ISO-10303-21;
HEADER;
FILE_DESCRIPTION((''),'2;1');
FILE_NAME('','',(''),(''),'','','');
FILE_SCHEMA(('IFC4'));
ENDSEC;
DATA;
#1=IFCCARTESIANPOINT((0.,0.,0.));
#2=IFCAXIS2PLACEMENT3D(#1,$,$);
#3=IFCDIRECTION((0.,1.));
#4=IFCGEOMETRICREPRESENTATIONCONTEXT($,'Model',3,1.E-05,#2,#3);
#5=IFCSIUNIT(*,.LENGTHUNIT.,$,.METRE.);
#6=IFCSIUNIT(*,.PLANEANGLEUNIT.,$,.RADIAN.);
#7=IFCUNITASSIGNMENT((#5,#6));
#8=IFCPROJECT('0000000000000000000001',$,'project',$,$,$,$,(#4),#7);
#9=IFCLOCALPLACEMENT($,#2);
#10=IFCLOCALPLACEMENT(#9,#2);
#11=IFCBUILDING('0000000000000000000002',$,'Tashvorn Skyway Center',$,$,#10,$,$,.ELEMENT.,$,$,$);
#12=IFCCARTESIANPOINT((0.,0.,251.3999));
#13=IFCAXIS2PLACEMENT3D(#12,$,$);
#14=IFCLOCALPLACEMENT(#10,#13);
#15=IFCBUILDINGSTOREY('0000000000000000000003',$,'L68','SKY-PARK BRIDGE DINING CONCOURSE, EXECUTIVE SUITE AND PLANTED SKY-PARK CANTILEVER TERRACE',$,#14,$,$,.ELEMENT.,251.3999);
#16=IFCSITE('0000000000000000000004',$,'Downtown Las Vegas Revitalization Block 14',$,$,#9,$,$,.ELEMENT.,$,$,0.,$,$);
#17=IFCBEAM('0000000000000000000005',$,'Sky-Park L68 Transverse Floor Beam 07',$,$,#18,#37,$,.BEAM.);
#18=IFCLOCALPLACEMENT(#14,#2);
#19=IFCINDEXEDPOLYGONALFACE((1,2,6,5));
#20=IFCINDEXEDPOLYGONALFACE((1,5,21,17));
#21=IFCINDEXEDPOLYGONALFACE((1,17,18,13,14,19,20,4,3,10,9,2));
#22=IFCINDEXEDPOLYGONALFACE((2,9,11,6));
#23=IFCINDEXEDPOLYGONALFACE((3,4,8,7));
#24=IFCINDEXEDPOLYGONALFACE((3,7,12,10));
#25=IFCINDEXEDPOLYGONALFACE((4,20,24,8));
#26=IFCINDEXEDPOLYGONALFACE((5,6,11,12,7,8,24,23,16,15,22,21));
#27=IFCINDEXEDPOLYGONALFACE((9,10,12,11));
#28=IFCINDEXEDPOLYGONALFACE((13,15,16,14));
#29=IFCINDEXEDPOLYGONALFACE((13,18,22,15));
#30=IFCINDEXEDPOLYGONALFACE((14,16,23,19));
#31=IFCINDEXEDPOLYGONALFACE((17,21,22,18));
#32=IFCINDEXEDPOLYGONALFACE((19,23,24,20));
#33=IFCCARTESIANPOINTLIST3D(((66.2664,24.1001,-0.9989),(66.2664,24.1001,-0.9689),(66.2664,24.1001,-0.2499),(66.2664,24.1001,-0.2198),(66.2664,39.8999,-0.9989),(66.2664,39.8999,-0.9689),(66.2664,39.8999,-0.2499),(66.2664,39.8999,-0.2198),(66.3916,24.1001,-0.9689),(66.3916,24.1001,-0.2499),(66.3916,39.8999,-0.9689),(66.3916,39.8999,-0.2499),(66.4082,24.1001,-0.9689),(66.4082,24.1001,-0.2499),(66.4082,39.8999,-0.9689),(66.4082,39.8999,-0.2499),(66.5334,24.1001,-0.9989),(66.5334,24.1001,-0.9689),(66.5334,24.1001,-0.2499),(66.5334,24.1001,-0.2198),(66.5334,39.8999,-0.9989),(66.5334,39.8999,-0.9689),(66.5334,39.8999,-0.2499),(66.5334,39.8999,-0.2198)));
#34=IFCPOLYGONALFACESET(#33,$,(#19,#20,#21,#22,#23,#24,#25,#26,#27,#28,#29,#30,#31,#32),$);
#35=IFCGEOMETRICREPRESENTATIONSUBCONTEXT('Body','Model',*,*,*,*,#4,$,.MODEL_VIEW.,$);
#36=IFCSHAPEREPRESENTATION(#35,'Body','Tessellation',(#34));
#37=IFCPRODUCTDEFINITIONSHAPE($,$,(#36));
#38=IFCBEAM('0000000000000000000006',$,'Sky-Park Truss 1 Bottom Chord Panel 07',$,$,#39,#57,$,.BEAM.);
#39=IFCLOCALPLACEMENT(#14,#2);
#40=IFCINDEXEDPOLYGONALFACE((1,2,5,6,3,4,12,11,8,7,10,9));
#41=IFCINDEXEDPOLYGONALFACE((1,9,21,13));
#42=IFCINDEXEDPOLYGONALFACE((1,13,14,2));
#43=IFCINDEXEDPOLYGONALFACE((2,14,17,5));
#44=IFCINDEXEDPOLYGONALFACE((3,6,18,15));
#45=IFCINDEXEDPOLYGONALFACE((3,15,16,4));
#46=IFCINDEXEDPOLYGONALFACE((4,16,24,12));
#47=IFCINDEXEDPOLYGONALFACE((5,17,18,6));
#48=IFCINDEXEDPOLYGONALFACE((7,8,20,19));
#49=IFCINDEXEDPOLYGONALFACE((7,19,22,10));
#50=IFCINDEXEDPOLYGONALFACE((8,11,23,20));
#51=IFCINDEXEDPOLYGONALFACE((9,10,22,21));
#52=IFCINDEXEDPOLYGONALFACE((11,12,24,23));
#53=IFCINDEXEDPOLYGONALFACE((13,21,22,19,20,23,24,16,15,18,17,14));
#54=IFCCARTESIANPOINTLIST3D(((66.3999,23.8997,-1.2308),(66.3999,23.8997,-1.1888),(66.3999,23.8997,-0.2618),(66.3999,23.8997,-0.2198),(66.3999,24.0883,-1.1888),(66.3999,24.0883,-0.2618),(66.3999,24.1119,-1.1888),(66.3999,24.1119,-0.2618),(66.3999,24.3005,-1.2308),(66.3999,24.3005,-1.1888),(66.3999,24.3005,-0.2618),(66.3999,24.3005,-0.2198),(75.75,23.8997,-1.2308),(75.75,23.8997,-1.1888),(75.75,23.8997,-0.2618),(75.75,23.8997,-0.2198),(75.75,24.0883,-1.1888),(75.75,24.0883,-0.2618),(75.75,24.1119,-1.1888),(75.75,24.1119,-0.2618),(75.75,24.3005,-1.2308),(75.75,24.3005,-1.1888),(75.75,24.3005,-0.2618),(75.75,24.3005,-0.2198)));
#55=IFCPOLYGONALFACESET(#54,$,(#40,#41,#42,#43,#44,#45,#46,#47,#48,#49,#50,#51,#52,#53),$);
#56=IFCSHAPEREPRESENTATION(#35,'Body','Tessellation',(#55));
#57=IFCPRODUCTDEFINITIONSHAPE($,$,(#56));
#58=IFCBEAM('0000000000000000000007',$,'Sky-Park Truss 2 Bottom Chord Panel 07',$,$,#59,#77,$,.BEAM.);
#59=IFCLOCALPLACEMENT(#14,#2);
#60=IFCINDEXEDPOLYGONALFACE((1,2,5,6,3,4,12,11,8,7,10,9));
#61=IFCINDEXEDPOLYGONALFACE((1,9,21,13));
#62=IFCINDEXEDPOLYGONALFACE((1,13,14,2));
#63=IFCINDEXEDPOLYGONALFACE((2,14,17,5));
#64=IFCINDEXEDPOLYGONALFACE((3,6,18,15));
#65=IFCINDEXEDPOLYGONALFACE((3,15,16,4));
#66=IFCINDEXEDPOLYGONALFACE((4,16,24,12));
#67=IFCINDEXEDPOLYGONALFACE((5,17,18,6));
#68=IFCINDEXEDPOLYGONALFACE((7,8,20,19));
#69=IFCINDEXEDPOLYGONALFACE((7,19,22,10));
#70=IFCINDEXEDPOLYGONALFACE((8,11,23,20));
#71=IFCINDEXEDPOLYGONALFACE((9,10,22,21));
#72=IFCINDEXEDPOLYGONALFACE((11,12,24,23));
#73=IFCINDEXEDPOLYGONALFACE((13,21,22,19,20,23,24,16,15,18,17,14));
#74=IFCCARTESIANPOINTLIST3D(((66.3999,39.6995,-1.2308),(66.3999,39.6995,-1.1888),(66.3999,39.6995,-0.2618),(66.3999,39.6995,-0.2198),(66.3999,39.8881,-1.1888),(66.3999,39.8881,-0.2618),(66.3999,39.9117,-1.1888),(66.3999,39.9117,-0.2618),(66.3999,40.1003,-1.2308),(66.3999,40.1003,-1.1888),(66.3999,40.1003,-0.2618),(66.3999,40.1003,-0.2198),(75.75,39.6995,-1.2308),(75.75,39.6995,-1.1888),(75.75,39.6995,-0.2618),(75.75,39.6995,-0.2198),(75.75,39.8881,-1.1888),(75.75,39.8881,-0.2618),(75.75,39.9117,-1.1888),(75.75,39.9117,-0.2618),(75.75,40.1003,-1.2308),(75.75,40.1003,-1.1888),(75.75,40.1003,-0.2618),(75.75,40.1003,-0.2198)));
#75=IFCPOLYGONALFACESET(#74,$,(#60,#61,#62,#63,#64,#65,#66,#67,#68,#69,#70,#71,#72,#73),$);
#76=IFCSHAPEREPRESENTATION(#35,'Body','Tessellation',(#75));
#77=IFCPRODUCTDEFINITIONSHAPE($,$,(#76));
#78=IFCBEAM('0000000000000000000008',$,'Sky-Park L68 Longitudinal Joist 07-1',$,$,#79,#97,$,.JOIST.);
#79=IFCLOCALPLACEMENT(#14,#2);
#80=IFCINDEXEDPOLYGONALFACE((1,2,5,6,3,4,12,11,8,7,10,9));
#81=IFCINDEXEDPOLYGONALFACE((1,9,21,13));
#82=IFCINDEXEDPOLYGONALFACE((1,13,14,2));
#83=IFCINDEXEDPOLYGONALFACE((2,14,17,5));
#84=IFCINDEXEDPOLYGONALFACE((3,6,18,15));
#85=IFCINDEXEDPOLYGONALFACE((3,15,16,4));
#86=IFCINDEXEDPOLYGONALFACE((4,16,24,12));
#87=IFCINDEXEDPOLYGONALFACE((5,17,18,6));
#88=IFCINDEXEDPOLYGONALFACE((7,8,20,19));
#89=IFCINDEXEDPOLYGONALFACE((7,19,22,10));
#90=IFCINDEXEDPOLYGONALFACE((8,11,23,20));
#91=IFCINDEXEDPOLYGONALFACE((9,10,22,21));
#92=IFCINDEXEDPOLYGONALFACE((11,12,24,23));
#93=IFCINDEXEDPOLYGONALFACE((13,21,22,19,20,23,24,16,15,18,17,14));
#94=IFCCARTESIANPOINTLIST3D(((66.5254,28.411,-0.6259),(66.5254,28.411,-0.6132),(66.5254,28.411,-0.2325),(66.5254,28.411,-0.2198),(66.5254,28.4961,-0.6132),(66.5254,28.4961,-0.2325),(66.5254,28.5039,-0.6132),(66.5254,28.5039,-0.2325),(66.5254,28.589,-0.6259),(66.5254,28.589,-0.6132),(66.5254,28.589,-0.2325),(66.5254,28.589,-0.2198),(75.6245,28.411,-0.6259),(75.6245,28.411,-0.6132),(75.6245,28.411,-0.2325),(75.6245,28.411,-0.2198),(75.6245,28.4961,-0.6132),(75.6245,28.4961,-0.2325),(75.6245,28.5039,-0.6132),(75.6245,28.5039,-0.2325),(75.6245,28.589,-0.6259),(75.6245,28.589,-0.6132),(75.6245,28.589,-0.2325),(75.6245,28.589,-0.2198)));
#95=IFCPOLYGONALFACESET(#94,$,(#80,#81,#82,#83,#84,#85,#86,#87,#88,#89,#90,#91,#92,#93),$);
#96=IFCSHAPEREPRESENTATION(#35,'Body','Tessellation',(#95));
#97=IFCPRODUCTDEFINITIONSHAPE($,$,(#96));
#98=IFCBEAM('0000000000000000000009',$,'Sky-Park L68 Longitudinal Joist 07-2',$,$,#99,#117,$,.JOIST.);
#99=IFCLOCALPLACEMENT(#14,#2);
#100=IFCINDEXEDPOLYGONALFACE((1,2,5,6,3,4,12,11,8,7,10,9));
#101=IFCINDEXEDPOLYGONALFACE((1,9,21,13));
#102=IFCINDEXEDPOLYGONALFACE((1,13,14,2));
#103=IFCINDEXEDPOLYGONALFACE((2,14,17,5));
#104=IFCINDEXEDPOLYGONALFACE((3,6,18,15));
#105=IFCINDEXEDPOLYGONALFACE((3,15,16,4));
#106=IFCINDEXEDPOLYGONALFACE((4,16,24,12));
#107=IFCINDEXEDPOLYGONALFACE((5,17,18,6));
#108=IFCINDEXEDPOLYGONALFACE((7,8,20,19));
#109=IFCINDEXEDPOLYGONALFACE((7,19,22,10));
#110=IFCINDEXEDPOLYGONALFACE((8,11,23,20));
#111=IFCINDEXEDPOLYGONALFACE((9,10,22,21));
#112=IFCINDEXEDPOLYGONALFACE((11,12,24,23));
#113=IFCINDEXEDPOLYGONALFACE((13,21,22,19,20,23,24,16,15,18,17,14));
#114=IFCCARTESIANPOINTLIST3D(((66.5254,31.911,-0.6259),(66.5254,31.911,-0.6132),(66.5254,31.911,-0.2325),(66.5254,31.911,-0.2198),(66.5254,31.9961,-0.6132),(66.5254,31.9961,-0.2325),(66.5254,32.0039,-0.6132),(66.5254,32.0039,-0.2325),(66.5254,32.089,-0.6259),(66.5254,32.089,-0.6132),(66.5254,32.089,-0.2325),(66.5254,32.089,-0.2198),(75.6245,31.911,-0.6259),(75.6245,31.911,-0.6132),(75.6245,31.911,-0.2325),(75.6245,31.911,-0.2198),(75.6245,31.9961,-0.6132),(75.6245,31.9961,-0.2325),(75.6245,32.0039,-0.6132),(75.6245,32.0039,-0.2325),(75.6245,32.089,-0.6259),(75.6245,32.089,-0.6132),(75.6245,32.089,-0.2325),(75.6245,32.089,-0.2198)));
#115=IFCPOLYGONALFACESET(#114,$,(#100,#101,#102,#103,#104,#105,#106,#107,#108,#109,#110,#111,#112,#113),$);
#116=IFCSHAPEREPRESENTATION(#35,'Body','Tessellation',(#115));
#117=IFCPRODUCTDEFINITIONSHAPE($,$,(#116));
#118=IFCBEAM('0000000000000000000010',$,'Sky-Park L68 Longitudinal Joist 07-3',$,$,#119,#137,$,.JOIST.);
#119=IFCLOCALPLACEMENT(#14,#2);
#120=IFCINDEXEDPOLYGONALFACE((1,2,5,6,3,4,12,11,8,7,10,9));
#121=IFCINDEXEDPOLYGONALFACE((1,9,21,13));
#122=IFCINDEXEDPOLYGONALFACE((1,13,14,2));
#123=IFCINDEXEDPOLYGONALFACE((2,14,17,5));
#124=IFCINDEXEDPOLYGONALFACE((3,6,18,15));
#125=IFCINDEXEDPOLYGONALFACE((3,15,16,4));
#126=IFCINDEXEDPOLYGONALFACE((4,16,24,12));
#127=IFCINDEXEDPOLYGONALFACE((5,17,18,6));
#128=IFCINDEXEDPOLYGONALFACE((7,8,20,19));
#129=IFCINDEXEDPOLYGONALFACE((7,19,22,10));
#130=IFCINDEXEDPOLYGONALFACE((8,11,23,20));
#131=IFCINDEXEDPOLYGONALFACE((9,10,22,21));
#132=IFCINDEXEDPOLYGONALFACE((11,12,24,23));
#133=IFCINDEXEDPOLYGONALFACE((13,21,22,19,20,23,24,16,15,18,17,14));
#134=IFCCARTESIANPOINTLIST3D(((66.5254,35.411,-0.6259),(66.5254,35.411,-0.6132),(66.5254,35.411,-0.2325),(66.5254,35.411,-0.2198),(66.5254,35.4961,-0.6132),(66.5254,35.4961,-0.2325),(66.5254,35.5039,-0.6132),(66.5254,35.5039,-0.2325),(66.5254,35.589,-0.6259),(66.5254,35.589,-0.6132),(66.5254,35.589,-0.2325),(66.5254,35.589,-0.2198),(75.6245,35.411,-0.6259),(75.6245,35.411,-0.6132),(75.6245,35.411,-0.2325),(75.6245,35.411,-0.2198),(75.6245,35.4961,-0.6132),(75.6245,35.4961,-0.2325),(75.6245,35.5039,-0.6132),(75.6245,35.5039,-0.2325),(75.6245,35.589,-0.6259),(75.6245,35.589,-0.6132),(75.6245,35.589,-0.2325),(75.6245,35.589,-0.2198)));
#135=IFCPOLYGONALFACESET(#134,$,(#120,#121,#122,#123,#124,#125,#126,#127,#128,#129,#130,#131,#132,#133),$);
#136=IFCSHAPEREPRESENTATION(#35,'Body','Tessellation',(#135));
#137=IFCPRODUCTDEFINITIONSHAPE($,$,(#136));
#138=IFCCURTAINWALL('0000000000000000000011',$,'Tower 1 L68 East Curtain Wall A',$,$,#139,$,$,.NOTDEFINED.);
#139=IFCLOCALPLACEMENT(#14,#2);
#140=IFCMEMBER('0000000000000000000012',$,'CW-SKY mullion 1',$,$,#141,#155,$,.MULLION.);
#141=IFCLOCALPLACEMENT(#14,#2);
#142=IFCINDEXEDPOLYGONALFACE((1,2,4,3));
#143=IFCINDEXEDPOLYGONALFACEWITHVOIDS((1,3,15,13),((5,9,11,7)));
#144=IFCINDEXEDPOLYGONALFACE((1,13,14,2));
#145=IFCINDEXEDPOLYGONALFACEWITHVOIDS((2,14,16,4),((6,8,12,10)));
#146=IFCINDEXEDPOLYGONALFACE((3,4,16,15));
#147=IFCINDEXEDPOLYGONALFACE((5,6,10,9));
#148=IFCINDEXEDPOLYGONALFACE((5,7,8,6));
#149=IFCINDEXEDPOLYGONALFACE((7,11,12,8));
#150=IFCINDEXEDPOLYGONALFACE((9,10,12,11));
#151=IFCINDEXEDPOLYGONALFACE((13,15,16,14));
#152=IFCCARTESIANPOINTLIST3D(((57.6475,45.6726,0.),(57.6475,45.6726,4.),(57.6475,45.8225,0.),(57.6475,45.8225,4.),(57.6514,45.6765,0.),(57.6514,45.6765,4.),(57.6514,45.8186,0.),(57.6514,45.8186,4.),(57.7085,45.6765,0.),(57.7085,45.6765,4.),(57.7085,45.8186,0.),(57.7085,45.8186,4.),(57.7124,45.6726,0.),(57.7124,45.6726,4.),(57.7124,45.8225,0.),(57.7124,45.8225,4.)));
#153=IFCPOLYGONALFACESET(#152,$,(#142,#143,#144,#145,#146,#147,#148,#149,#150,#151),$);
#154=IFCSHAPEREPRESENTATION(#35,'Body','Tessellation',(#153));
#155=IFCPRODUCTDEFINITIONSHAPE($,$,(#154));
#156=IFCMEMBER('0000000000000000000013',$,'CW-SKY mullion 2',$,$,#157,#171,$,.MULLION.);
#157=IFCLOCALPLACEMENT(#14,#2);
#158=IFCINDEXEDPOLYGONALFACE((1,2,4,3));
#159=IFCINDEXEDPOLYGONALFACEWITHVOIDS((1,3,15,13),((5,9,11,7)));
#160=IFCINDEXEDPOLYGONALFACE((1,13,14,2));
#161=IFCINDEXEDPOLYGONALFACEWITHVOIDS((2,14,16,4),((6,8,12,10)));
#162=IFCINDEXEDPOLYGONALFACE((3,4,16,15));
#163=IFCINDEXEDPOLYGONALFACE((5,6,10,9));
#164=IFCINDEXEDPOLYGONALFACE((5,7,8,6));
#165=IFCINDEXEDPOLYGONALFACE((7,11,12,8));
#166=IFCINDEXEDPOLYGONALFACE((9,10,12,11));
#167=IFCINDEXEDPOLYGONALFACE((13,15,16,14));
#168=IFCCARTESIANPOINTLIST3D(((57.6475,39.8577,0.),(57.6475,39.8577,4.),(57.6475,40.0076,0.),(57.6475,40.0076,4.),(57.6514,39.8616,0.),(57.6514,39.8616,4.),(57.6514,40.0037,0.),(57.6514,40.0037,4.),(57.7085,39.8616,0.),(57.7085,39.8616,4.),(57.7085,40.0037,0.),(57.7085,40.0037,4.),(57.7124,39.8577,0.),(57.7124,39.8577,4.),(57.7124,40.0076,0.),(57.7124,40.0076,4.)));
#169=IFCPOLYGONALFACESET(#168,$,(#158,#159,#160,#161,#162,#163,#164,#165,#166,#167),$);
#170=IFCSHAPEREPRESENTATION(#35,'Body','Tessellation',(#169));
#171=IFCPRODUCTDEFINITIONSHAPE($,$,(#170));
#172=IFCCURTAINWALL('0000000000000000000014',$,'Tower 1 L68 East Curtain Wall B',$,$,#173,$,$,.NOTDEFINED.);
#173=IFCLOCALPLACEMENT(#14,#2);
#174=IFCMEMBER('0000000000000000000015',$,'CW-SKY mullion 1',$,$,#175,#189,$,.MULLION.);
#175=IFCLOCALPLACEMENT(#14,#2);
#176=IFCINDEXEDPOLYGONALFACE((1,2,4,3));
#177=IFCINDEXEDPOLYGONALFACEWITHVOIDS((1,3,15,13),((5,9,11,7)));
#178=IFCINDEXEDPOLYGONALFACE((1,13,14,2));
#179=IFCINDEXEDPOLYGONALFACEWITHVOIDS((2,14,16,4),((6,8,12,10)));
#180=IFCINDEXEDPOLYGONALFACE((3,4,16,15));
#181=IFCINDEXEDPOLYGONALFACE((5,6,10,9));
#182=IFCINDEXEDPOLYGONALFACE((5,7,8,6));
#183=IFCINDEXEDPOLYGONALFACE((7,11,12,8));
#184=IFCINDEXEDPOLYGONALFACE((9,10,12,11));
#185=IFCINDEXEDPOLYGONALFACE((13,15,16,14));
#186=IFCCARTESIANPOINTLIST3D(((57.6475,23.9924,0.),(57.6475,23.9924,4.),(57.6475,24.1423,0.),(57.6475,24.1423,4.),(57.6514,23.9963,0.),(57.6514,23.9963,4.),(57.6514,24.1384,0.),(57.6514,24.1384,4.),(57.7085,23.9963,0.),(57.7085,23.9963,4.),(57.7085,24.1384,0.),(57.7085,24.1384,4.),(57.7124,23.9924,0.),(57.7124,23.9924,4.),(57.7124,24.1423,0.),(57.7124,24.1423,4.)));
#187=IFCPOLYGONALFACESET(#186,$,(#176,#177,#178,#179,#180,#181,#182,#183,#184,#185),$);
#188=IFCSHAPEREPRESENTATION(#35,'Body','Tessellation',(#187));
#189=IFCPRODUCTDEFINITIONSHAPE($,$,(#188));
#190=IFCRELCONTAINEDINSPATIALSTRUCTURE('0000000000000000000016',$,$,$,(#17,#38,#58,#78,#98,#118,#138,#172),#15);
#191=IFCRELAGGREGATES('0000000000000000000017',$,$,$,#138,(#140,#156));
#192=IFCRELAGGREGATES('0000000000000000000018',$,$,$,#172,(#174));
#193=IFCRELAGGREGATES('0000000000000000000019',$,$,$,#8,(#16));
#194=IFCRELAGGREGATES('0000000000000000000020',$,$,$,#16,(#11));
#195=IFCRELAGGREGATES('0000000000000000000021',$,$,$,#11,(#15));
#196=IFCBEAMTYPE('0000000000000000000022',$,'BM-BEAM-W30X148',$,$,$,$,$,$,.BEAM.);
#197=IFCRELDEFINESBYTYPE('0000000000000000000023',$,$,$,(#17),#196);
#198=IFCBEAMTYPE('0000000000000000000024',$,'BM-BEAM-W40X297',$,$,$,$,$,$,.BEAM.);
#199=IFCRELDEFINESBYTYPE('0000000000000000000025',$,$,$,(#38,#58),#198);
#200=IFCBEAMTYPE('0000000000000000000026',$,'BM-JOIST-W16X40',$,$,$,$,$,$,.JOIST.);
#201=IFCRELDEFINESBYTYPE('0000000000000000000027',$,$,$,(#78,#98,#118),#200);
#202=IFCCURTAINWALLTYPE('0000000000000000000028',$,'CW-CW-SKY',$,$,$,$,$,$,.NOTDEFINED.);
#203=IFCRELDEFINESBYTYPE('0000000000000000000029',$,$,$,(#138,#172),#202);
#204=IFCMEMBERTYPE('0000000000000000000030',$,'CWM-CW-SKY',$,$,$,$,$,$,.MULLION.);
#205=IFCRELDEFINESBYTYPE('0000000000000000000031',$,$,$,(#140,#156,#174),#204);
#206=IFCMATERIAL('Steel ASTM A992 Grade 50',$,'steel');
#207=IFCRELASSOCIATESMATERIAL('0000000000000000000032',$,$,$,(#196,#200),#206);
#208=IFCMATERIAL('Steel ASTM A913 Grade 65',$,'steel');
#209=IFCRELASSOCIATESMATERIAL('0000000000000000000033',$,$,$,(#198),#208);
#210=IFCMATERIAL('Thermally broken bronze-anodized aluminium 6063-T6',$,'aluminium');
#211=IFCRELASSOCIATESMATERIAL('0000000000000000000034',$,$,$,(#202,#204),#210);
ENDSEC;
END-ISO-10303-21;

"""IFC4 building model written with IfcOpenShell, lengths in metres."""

from ifc_helpers import new_model, si_unit, direction, frame, origin, origin_2d, place, context, subcontext, project, spatial, hollow_rectangle, i_section, extrude, material, material_profile, profile_set, type_object, element, aggregate, save


model = new_model("IFC4")

# Units and contexts
model_context = context("Model", 3, precision=1e-05, world=origin(), true_north=direction((0.0, 1.0)))
body_context = subcontext(model_context, "Body", "Model", "MODEL_VIEW")
ifc_project = project(units=[si_unit("LENGTHUNIT", "METRE"), si_unit("PLANEANGLEUNIT", "RADIAN")], contexts=[model_context])

# Site, building, storey
site_placement = place(None, origin())
site = spatial("IfcSite", under=ifc_project, at=site_placement, Name="Downtown Las Vegas Revitalization Block 14", CompositionType="ELEMENT", RefElevation=0.0)
building_placement = place(site_placement, origin())
building = spatial("IfcBuilding", under=site, at=building_placement, Name="Tashvorn Skyway Center", CompositionType="ELEMENT")
storey_placement = place(building_placement, frame((0.0, 0.0, 251.3999)))
storey = spatial("IfcBuildingStorey", under=building, at=storey_placement, Name="L68", Description="SKY-PARK BRIDGE DINING CONCOURSE, EXECUTIVE SUITE AND PLANTED SKY-PARK CANTILEVER TERRACE", CompositionType="ELEMENT", Elevation=251.3999)

# Beams
ifc_material_1 = material(Name="Steel ASTM A992 Grade 50", Category="steel")
ifc_material_profile_1 = material_profile(ifc_material_1, i_section(OverallWidth=0.2671, OverallDepth=0.7791, WebThickness=0.0166, FlangeThickness=0.03, at=origin_2d()), Name="W30X148")
ifc_profile_set_1 = profile_set([ifc_material_profile_1], Name="Steel ASTM A992 Grade 50")
beam_type_1 = type_object("IfcBeamType", Name="BM-BEAM-W30X148", PredefinedType="BEAM", material=ifc_profile_set_1)
beam_placement = place(storey_placement, frame((66.3999, 24.1001, -0.6094), z_axis=(0.0, 1.0, 0.0), x_axis=(-1.0, 0.0, 0.0)))
element("IfcBeam", 1, at=beam_placement, inside=storey, type_object=beam_type_1, Name="Sky-Park L68 Transverse Floor Beam 07", PredefinedType="BEAM", context=body_context, shape_type="SweptSolid", body=[
    extrude(i_section(OverallWidth=0.2671, OverallDepth=0.7791, WebThickness=0.0166, FlangeThickness=0.03, at=origin_2d()), origin(), (0.0, 0.0, 1.0), 15.7998),
])
ifc_material_2 = material(Name="Steel ASTM A913 Grade 65", Category="steel")
ifc_material_profile_2 = material_profile(ifc_material_2, i_section(OverallWidth=0.4009, OverallDepth=1.011, WebThickness=0.0237, FlangeThickness=0.042, at=origin_2d()), Name="W40X297")
ifc_profile_set_2 = profile_set([ifc_material_profile_2], Name="Steel ASTM A913 Grade 65")
beam_type_2 = type_object("IfcBeamType", Name="BM-BEAM-W40X297", PredefinedType="BEAM", material=ifc_profile_set_2)
for number, where, z_axis, x_axis, name in (
    (2, (66.3999, 24.1001, -0.7253), (1.0, 0.0, 0.0), (0.0, 1.0, 0.0), "Sky-Park Truss 1 Bottom Chord Panel 07"),
    (3, (66.3999, 39.8999, -0.7253), (1.0, 0.0, 0.0), (0.0, 1.0, 0.0), "Sky-Park Truss 2 Bottom Chord Panel 07"),
):
    element("IfcBeam", number, at=place(storey_placement, frame(where, z_axis=z_axis, x_axis=x_axis)), inside=storey, type_object=beam_type_2, Name=name, PredefinedType="BEAM", context=body_context, shape_type="SweptSolid", body=[
        extrude(i_section(OverallWidth=0.4009, OverallDepth=1.011, WebThickness=0.0237, FlangeThickness=0.042, at=origin_2d()), origin(), (0.0, 0.0, 1.0), 9.3501),
    ])
ifc_material_profile_3 = material_profile(ifc_material_1, i_section(OverallWidth=0.178, OverallDepth=0.406, WebThickness=0.0078, FlangeThickness=0.0127, at=origin_2d()), Name="W16X40")
ifc_profile_set_3 = profile_set([ifc_material_profile_3], Name="Steel ASTM A992 Grade 50")
beam_type_3 = type_object("IfcBeamType", Name="BM-JOIST-W16X40", PredefinedType="JOIST", material=ifc_profile_set_3)
for number, where, z_axis, x_axis, name in (
    (4, (66.5254, 28.5, -0.4229), (1.0, 0.0, 0.0), (0.0, 1.0, 0.0), "Sky-Park L68 Longitudinal Joist 07-1"),
    (5, (66.5254, 32.0, -0.4229), (1.0, 0.0, 0.0), (0.0, 1.0, 0.0), "Sky-Park L68 Longitudinal Joist 07-2"),
    (6, (66.5254, 35.5, -0.4229), (1.0, 0.0, 0.0), (0.0, 1.0, 0.0), "Sky-Park L68 Longitudinal Joist 07-3"),
):
    element("IfcBeam", number, at=place(storey_placement, frame(where, z_axis=z_axis, x_axis=x_axis)), inside=storey, type_object=beam_type_3, Name=name, PredefinedType="JOIST", context=body_context, shape_type="SweptSolid", body=[
        extrude(i_section(OverallWidth=0.178, OverallDepth=0.406, WebThickness=0.0078, FlangeThickness=0.0127, at=origin_2d()), origin(), (0.0, 0.0, 1.0), 9.0991),
    ])

# Curtain walls, members
ifc_material_3 = material(Name="Thermally broken bronze-anodized aluminium 6063-T6", Category="aluminium")
curtain_wall_type = type_object("IfcCurtainWallType", Name="CW-CW-SKY", PredefinedType="NOTDEFINED", material=ifc_material_3)
curtain_wall_1_placement = place(storey_placement, origin())
curtain_wall_1 = element("IfcCurtainWall", 7, at=curtain_wall_1_placement, inside=storey, type_object=curtain_wall_type, Name="Tower 1 L68 East Curtain Wall A", PredefinedType="NOTDEFINED")
ifc_material_profile_4 = material_profile(ifc_material_3, hollow_rectangle(XDim=0.0649, YDim=0.1499, WallThickness=0.0039, at=origin_2d()), Name="ALU-MULL-65x150")
ifc_profile_set_4 = profile_set([ifc_material_profile_4], Name="Thermally broken bronze-anodized aluminium 6063-T6")
member_type_1 = type_object("IfcMemberType", Name="CWM-CW-SKY", PredefinedType="MULLION", material=ifc_profile_set_4)
member_1_placement = place(storey_placement, frame((57.6799, 45.7476, 0.0), z_axis=(0.0, 0.0, 1.0), x_axis=(1.0, 0.0, 0.0)))
member_1 = element("IfcMember", 8, at=member_1_placement, type_object=member_type_1, Name="CW-SKY mullion 1", PredefinedType="MULLION", context=body_context, shape_type="SweptSolid", body=[
    extrude(hollow_rectangle(XDim=0.0649, YDim=0.1499, WallThickness=0.0039, at=origin_2d()), origin(), (0.0, 0.0, 1.0), 4.0),
])
member_2_placement = place(storey_placement, frame((57.6799, 39.9326, 0.0), z_axis=(0.0, 0.0, 1.0), x_axis=(1.0, 0.0, 0.0)))
member_2 = element("IfcMember", 9, at=member_2_placement, type_object=member_type_1, Name="CW-SKY mullion 2", PredefinedType="MULLION", context=body_context, shape_type="SweptSolid", body=[
    extrude(hollow_rectangle(XDim=0.0649, YDim=0.1499, WallThickness=0.0039, at=origin_2d()), origin(), (0.0, 0.0, 1.0), 4.0),
])
curtain_wall_2_placement = place(storey_placement, origin())
curtain_wall_2 = element("IfcCurtainWall", 10, at=curtain_wall_2_placement, inside=storey, type_object=curtain_wall_type, Name="Tower 1 L68 East Curtain Wall B", PredefinedType="NOTDEFINED")
member_3_placement = place(storey_placement, frame((57.6799, 24.0674, 0.0), z_axis=(0.0, 0.0, 1.0), x_axis=(1.0, 0.0, 0.0)))
member_3 = element("IfcMember", 11, at=member_3_placement, type_object=member_type_1, Name="CW-SKY mullion 1", PredefinedType="MULLION", context=body_context, shape_type="SweptSolid", body=[
    extrude(hollow_rectangle(XDim=0.0649, YDim=0.1499, WallThickness=0.0039, at=origin_2d()), origin(), (0.0, 0.0, 1.0), 4.0),
])

aggregate(curtain_wall_1, [member_1, member_2])
aggregate(curtain_wall_2, [member_3])

save(model, "model.ifc")
